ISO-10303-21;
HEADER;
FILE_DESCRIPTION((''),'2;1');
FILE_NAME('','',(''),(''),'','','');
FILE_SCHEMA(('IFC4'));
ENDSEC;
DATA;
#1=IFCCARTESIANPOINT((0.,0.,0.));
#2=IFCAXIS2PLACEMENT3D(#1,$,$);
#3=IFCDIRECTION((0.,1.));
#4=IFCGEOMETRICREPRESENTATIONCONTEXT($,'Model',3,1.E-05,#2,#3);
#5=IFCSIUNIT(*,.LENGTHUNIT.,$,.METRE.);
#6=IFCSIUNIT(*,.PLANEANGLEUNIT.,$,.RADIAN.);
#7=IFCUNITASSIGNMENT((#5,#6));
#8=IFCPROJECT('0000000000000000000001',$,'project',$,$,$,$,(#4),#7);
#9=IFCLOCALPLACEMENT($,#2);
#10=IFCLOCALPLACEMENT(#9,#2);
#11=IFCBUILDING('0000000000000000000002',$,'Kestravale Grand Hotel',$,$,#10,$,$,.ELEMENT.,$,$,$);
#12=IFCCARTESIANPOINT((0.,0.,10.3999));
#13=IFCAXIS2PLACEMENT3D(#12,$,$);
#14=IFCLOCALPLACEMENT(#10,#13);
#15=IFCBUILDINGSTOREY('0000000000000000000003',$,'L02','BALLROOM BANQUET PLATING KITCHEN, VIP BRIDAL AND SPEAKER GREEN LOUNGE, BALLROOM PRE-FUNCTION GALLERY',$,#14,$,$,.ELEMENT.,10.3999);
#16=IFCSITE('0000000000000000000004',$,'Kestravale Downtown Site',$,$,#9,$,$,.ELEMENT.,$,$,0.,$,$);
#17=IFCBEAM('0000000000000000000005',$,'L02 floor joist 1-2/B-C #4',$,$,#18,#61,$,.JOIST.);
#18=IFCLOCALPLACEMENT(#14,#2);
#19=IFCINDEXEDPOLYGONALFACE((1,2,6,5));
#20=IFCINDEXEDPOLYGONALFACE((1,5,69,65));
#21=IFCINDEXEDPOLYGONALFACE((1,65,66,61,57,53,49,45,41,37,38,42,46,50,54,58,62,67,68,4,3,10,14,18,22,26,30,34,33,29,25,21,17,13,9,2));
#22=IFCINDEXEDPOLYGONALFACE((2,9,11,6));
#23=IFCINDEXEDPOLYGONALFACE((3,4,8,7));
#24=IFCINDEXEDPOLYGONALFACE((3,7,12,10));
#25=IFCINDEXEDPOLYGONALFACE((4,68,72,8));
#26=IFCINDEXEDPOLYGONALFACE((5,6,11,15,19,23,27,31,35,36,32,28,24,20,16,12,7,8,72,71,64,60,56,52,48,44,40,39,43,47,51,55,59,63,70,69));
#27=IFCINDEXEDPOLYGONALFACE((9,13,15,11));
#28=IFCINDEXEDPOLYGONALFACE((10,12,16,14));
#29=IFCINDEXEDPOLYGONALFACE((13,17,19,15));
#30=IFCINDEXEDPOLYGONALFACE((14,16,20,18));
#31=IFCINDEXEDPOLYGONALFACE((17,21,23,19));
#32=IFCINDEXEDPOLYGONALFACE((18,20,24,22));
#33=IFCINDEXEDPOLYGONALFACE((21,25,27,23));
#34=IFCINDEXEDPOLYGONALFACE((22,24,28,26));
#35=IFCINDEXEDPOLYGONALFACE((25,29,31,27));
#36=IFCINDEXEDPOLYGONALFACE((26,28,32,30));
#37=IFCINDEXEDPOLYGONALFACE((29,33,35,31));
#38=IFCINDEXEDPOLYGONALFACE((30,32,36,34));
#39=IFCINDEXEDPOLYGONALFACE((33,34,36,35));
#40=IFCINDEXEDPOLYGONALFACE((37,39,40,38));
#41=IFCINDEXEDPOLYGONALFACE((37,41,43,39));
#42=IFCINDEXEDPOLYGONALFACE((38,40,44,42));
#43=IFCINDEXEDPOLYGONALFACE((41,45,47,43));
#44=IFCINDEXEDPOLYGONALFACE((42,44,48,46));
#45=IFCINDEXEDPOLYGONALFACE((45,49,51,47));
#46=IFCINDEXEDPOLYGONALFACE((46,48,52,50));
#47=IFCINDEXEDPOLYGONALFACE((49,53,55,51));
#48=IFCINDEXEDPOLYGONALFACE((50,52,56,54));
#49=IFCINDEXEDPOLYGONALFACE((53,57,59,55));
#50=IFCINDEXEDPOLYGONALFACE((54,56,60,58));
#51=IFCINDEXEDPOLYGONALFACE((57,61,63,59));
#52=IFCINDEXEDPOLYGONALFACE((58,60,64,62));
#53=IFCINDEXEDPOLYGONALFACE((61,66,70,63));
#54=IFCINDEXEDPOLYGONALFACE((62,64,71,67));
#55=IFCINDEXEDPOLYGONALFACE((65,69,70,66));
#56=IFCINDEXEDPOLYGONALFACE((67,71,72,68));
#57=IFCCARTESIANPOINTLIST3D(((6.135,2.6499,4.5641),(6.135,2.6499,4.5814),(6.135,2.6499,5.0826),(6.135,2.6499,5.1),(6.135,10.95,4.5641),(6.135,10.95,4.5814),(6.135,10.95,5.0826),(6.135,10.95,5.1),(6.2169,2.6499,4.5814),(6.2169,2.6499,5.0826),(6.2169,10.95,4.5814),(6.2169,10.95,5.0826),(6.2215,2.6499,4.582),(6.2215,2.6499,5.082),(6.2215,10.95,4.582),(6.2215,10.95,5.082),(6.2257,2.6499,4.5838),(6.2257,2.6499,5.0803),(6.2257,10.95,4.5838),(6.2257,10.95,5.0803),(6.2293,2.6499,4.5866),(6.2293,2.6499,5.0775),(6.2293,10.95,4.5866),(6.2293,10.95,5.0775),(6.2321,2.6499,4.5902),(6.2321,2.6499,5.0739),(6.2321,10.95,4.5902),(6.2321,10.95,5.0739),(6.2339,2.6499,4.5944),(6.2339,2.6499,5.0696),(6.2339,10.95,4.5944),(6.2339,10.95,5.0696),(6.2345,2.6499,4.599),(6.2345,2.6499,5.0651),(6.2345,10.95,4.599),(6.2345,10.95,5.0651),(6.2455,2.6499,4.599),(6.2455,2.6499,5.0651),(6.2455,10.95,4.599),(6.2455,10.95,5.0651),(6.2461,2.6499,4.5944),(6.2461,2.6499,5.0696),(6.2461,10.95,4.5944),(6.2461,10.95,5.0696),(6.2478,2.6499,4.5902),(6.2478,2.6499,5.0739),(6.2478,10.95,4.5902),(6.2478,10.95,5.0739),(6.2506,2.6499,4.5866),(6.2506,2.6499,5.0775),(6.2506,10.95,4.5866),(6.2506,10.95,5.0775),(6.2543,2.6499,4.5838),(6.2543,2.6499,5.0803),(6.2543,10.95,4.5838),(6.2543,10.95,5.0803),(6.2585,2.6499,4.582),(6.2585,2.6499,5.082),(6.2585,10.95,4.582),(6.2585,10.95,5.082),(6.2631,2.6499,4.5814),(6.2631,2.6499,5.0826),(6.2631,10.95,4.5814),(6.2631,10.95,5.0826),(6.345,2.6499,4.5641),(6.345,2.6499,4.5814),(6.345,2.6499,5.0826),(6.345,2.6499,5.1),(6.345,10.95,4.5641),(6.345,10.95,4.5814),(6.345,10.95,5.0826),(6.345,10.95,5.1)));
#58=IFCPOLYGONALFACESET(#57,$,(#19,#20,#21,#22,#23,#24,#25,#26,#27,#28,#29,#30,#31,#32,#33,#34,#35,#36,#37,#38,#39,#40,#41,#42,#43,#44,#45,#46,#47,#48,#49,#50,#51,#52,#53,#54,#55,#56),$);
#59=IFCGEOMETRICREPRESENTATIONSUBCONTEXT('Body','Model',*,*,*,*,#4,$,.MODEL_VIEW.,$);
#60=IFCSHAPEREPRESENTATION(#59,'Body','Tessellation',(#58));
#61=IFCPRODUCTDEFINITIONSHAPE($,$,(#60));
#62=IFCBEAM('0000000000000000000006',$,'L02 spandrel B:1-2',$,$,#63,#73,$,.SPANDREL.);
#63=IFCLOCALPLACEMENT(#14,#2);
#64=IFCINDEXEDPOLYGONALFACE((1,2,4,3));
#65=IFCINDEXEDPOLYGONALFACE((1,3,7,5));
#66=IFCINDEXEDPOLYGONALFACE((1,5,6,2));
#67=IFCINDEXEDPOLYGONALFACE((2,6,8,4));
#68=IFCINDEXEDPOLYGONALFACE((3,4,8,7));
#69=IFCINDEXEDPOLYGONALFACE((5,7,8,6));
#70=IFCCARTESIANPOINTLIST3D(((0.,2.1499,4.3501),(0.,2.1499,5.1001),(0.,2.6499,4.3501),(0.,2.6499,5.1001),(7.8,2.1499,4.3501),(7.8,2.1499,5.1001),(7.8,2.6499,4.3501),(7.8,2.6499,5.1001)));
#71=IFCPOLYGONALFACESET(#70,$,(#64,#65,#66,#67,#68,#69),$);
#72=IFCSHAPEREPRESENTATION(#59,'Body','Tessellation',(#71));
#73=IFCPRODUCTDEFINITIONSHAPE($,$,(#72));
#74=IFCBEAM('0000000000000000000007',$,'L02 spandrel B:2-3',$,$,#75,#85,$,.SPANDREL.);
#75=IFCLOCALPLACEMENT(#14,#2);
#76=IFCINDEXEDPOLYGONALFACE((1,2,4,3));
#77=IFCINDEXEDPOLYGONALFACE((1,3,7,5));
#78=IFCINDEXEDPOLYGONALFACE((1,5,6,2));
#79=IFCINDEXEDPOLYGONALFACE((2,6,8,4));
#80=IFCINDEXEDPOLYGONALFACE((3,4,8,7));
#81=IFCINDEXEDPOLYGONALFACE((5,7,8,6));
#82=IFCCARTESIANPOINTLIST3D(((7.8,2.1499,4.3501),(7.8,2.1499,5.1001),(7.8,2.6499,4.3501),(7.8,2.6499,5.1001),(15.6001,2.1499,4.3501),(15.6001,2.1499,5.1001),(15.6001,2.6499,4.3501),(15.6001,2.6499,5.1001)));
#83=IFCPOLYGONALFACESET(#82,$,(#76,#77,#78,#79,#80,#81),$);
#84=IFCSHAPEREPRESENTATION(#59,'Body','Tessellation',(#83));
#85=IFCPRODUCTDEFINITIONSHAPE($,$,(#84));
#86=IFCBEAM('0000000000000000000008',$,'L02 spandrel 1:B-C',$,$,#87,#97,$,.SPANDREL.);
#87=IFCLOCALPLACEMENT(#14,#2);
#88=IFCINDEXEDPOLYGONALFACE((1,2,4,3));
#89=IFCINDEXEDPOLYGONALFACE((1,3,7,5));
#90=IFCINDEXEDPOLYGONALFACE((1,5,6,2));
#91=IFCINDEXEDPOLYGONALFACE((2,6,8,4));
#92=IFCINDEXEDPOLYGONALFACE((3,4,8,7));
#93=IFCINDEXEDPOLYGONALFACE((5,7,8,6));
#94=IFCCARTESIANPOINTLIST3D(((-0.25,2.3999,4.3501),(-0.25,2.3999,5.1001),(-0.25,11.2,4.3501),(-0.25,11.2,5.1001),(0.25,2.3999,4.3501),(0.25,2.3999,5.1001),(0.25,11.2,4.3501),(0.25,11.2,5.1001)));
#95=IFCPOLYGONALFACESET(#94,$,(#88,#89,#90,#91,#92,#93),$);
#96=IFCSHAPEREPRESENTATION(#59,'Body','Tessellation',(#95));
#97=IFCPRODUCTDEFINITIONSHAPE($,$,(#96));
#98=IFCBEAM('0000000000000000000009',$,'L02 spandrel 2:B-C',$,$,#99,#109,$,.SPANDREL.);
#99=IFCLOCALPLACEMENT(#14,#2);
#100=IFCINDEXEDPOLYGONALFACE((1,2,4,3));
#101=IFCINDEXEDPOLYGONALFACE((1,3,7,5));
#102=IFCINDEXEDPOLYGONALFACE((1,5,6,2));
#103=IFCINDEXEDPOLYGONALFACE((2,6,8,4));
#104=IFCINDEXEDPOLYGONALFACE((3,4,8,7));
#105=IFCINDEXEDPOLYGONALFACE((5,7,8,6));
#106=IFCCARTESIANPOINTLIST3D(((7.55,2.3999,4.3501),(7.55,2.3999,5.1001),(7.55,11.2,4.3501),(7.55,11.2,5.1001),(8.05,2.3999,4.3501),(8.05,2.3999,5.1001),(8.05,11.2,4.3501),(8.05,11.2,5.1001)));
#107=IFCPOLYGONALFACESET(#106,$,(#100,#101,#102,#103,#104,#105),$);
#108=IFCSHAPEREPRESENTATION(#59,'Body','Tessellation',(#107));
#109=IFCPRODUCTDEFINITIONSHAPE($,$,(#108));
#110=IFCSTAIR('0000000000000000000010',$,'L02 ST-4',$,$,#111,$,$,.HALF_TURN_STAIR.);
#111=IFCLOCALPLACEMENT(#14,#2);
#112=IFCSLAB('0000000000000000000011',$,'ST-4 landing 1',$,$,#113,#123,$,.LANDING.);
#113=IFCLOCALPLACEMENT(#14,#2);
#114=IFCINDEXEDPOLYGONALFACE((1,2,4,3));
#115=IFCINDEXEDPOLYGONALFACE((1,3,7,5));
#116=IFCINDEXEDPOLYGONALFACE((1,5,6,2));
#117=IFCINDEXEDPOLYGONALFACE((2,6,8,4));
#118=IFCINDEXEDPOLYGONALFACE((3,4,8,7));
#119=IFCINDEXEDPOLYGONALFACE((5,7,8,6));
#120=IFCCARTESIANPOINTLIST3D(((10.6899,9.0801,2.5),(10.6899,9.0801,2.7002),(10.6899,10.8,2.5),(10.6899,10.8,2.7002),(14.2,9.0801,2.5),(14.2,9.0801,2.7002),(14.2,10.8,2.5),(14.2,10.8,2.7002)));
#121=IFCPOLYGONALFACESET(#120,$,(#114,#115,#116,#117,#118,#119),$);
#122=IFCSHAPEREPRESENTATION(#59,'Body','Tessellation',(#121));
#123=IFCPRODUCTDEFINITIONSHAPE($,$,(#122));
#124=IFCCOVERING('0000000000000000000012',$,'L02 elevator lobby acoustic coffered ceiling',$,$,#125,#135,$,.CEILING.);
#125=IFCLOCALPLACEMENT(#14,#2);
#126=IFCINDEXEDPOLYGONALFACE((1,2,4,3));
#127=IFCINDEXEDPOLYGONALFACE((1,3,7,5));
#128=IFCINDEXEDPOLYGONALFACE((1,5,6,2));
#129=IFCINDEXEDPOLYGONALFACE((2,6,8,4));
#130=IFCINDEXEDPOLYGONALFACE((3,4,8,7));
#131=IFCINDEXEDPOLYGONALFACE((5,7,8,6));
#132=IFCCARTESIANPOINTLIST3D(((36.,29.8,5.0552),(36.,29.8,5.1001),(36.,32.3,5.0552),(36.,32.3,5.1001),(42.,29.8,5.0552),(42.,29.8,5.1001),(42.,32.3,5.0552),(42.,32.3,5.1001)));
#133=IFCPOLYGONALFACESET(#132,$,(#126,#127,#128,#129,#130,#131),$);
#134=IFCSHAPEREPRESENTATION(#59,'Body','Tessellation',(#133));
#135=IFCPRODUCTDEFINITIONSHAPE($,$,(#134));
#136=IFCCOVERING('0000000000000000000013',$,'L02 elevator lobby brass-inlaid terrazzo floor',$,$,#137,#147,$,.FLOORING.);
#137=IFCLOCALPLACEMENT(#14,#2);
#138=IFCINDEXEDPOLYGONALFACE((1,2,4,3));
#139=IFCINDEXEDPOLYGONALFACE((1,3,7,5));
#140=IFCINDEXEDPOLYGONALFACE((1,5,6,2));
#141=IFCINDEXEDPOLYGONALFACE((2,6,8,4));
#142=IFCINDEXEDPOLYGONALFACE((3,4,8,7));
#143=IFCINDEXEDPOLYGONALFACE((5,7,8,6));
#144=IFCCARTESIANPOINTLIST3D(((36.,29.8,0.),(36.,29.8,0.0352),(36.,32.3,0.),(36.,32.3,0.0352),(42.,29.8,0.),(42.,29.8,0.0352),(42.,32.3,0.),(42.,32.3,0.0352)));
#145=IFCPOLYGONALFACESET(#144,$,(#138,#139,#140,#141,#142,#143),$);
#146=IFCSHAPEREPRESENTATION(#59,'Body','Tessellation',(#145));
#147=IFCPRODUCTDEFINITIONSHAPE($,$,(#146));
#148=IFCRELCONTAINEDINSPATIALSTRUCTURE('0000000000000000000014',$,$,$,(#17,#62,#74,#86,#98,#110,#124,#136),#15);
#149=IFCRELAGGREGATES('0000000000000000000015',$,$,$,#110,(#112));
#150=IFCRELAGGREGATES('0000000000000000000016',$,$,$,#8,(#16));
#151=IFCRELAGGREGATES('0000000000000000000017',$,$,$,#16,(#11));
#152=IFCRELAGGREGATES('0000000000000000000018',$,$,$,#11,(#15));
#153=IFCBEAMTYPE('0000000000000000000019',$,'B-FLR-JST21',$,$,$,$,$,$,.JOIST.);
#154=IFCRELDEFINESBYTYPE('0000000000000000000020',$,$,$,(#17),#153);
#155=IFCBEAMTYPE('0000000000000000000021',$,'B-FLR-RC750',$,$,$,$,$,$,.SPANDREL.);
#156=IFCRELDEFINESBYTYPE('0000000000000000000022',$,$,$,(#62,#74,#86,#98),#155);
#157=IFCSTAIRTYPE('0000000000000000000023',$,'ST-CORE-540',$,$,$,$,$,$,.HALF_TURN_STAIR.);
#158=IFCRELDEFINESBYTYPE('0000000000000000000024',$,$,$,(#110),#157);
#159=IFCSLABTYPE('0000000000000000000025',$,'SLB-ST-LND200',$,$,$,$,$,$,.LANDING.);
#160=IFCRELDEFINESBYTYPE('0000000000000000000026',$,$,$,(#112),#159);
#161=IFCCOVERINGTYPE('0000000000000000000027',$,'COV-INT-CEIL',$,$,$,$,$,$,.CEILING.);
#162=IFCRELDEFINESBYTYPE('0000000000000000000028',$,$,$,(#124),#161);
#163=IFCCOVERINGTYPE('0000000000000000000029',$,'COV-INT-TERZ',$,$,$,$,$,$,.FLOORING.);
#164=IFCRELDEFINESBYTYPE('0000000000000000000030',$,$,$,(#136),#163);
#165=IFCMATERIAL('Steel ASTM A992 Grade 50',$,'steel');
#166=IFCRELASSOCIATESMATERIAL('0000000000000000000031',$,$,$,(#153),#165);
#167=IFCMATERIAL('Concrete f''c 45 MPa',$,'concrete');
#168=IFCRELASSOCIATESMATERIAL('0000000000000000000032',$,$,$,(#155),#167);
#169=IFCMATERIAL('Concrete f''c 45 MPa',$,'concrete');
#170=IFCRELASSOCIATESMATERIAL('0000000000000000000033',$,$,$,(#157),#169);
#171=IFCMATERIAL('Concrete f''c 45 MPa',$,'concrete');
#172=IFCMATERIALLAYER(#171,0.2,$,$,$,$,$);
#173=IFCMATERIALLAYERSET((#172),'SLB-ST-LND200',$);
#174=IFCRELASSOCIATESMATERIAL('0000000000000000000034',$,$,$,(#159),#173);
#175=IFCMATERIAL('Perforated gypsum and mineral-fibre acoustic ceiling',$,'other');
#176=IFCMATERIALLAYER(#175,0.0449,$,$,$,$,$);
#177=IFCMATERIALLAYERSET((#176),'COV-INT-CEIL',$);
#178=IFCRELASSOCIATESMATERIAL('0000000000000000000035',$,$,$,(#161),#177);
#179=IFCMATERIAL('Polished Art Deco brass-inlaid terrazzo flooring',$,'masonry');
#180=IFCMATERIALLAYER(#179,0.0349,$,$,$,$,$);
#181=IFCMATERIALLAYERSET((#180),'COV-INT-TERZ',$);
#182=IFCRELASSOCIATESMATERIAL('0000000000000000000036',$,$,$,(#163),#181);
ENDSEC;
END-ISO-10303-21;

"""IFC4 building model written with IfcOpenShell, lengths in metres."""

from ifc_helpers import new_model, si_unit, direction, frame, origin, origin_2d, place, context, subcontext, project, spatial, polyline, rectangle, i_section, outline, extrude, material, layer, layer_set, material_profile, profile_set, type_object, element, aggregate, save


model = new_model("IFC4")

# Units and contexts
model_context = context("Model", 3, precision=1e-05, world=origin(), true_north=direction((0.0, 1.0)))
body_context = subcontext(model_context, "Body", "Model", "MODEL_VIEW")
ifc_project = project(units=[si_unit("LENGTHUNIT", "METRE"), si_unit("PLANEANGLEUNIT", "RADIAN")], contexts=[model_context])

# Site, building, storey
site_placement = place(None, origin())
site = spatial("IfcSite", under=ifc_project, at=site_placement, Name="Kestravale Downtown Site", CompositionType="ELEMENT", RefElevation=0.0)
building_placement = place(site_placement, origin())
building = spatial("IfcBuilding", under=site, at=building_placement, Name="Kestravale Grand Hotel", CompositionType="ELEMENT")
storey_placement = place(building_placement, frame((0.0, 0.0, 10.3999)))
storey = spatial("IfcBuildingStorey", under=building, at=storey_placement, Name="L02", Description="BALLROOM BANQUET PLATING KITCHEN, VIP BRIDAL AND SPEAKER GREEN LOUNGE, BALLROOM PRE-FUNCTION GALLERY", CompositionType="ELEMENT", Elevation=10.3999)

# Beams
ifc_material_1 = material(Name="Steel ASTM A992 Grade 50", Category="steel")
ifc_material_profile_1 = material_profile(ifc_material_1, i_section(OverallWidth=0.21, OverallDepth=0.5359, WebThickness=0.011, FlangeThickness=0.0173, FilletRadius=0.0176, at=origin_2d()))
ifc_profile_set_1 = profile_set([ifc_material_profile_1], Name="Steel ASTM A992 Grade 50")
beam_type_1 = type_object("IfcBeamType", Name="B-FLR-JST21", PredefinedType="JOIST", material=ifc_profile_set_1)
for number, where, z_axis, x_axis, name in (
    (1, (6.24, 2.6499, 4.832), (0.0, 1.0, 0.0), (-1.0, 0.0, 0.0), "L02 floor joist 1-2/B-C #4"),
):
    element("IfcBeam", number, at=place(storey_placement, frame(where, z_axis=z_axis, x_axis=x_axis)), inside=storey, type_object=beam_type_1, Name=name, PredefinedType="JOIST", context=body_context, shape_type="SweptSolid", body=[
        extrude(i_section(OverallWidth=0.21, OverallDepth=0.5359, WebThickness=0.011, FlangeThickness=0.0173, FilletRadius=0.0176, at=origin_2d()), origin(), (0.0, 0.0, 1.0), 8.3),
    ])
ifc_material_2 = material(Name="Concrete f'c 45 MPa", Category="concrete")
ifc_material_profile_2 = material_profile(ifc_material_2, rectangle(XDim=0.5, YDim=0.75, at=origin_2d()))
ifc_profile_set_2 = profile_set([ifc_material_profile_2], Name="Concrete f'c 45 MPa")
beam_type_2 = type_object("IfcBeamType", Name="B-FLR-RC750", PredefinedType="SPANDREL", material=ifc_profile_set_2)
for number, where, z_axis, x_axis, name in (
    (2, (0.0, 2.3999, 4.7251), (1.0, 0.0, 0.0), (0.0, 1.0, 0.0), "L02 spandrel B:1-2"),
    (3, (7.8, 2.3999, 4.7251), (1.0, 0.0, 0.0), (0.0, 1.0, 0.0), "L02 spandrel B:2-3"),
):
    element("IfcBeam", number, at=place(storey_placement, frame(where, z_axis=z_axis, x_axis=x_axis)), inside=storey, type_object=beam_type_2, Name=name, PredefinedType="SPANDREL", context=body_context, shape_type="SweptSolid", body=[
        extrude(rectangle(XDim=0.5, YDim=0.75, at=origin_2d()), origin(), (0.0, 0.0, 1.0), 7.8),
    ])
for number, where, z_axis, x_axis, name in (
    (4, (0.0, 2.3999, 4.7251), (0.0, 1.0, 0.0), (-1.0, 0.0, 0.0), "L02 spandrel 1:B-C"),
    (5, (7.8, 2.3999, 4.7251), (0.0, 1.0, 0.0), (-1.0, 0.0, 0.0), "L02 spandrel 2:B-C"),
):
    element("IfcBeam", number, at=place(storey_placement, frame(where, z_axis=z_axis, x_axis=x_axis)), inside=storey, type_object=beam_type_2, Name=name, PredefinedType="SPANDREL", context=body_context, shape_type="SweptSolid", body=[
        extrude(rectangle(XDim=0.5, YDim=0.75, at=origin_2d()), origin(), (0.0, 0.0, 1.0), 8.8),
    ])

# Stair, slab
ifc_material_3 = material(Name="Concrete f'c 45 MPa", Category="concrete")
stair_type = type_object("IfcStairType", Name="ST-CORE-540", PredefinedType="HALF_TURN_STAIR", material=ifc_material_3)
stair_placement = place(storey_placement, origin())
stair = element("IfcStair", 6, at=stair_placement, inside=storey, type_object=stair_type, Name="L02 ST-4", PredefinedType="HALF_TURN_STAIR")
ifc_material_4 = material(Name="Concrete f'c 45 MPa", Category="concrete")
ifc_layer_1 = layer(ifc_material_4, 0.2)
ifc_layer_set_1 = layer_set([ifc_layer_1], Name="SLB-ST-LND200")
slab_type = type_object("IfcSlabType", Name="SLB-ST-LND200", PredefinedType="LANDING", material=ifc_layer_set_1)
slab_placement = place(storey_placement, frame((0.0, 0.0, 2.5)))
slab = element("IfcSlab", 7, at=slab_placement, type_object=slab_type, Name="ST-4 landing 1", PredefinedType="LANDING", context=body_context, shape_type="SweptSolid", body=[
    extrude(outline(polyline([(14.2, 9.0801), (14.2, 10.8), (10.6899, 10.8), (10.6899, 9.0801), (14.2, 9.0801)])), origin(), (0.0, 0.0, 1.0), 0.2002),
])
aggregate(stair, [slab])

# Coverings
ifc_material_5 = material(Name="Perforated gypsum and mineral-fibre acoustic ceiling", Category="other")
ifc_layer_2 = layer(ifc_material_5, 0.0449)
ifc_layer_set_2 = layer_set([ifc_layer_2], Name="COV-INT-CEIL")
covering_type_1 = type_object("IfcCoveringType", Name="COV-INT-CEIL", PredefinedType="CEILING", material=ifc_layer_set_2)
covering_1_placement = place(storey_placement, frame((0.0, 0.0, 5.0552)))
element("IfcCovering", 8, at=covering_1_placement, inside=storey, type_object=covering_type_1, Name="L02 elevator lobby acoustic coffered ceiling", PredefinedType="CEILING", context=body_context, shape_type="SweptSolid", body=[
    extrude(outline(polyline([(36.0, 29.8), (42.0, 29.8), (42.0, 32.3), (36.0, 32.3), (36.0, 29.8)])), origin(), (0.0, 0.0, 1.0), 0.0449),
])
ifc_material_6 = material(Name="Polished Art Deco brass-inlaid terrazzo flooring", Category="masonry")
ifc_layer_3 = layer(ifc_material_6, 0.0349)
ifc_layer_set_3 = layer_set([ifc_layer_3], Name="COV-INT-TERZ")
covering_type_2 = type_object("IfcCoveringType", Name="COV-INT-TERZ", PredefinedType="FLOORING", material=ifc_layer_set_3)
covering_2_placement = place(storey_placement, origin())
element("IfcCovering", 9, at=covering_2_placement, inside=storey, type_object=covering_type_2, Name="L02 elevator lobby brass-inlaid terrazzo floor", PredefinedType="FLOORING", context=body_context, shape_type="SweptSolid", body=[
    extrude(outline(polyline([(36.0, 29.8), (42.0, 29.8), (42.0, 32.3), (36.0, 32.3), (36.0, 29.8)])), origin(), (0.0, 0.0, 1.0), 0.0352),
])

save(model, "model.ifc")
